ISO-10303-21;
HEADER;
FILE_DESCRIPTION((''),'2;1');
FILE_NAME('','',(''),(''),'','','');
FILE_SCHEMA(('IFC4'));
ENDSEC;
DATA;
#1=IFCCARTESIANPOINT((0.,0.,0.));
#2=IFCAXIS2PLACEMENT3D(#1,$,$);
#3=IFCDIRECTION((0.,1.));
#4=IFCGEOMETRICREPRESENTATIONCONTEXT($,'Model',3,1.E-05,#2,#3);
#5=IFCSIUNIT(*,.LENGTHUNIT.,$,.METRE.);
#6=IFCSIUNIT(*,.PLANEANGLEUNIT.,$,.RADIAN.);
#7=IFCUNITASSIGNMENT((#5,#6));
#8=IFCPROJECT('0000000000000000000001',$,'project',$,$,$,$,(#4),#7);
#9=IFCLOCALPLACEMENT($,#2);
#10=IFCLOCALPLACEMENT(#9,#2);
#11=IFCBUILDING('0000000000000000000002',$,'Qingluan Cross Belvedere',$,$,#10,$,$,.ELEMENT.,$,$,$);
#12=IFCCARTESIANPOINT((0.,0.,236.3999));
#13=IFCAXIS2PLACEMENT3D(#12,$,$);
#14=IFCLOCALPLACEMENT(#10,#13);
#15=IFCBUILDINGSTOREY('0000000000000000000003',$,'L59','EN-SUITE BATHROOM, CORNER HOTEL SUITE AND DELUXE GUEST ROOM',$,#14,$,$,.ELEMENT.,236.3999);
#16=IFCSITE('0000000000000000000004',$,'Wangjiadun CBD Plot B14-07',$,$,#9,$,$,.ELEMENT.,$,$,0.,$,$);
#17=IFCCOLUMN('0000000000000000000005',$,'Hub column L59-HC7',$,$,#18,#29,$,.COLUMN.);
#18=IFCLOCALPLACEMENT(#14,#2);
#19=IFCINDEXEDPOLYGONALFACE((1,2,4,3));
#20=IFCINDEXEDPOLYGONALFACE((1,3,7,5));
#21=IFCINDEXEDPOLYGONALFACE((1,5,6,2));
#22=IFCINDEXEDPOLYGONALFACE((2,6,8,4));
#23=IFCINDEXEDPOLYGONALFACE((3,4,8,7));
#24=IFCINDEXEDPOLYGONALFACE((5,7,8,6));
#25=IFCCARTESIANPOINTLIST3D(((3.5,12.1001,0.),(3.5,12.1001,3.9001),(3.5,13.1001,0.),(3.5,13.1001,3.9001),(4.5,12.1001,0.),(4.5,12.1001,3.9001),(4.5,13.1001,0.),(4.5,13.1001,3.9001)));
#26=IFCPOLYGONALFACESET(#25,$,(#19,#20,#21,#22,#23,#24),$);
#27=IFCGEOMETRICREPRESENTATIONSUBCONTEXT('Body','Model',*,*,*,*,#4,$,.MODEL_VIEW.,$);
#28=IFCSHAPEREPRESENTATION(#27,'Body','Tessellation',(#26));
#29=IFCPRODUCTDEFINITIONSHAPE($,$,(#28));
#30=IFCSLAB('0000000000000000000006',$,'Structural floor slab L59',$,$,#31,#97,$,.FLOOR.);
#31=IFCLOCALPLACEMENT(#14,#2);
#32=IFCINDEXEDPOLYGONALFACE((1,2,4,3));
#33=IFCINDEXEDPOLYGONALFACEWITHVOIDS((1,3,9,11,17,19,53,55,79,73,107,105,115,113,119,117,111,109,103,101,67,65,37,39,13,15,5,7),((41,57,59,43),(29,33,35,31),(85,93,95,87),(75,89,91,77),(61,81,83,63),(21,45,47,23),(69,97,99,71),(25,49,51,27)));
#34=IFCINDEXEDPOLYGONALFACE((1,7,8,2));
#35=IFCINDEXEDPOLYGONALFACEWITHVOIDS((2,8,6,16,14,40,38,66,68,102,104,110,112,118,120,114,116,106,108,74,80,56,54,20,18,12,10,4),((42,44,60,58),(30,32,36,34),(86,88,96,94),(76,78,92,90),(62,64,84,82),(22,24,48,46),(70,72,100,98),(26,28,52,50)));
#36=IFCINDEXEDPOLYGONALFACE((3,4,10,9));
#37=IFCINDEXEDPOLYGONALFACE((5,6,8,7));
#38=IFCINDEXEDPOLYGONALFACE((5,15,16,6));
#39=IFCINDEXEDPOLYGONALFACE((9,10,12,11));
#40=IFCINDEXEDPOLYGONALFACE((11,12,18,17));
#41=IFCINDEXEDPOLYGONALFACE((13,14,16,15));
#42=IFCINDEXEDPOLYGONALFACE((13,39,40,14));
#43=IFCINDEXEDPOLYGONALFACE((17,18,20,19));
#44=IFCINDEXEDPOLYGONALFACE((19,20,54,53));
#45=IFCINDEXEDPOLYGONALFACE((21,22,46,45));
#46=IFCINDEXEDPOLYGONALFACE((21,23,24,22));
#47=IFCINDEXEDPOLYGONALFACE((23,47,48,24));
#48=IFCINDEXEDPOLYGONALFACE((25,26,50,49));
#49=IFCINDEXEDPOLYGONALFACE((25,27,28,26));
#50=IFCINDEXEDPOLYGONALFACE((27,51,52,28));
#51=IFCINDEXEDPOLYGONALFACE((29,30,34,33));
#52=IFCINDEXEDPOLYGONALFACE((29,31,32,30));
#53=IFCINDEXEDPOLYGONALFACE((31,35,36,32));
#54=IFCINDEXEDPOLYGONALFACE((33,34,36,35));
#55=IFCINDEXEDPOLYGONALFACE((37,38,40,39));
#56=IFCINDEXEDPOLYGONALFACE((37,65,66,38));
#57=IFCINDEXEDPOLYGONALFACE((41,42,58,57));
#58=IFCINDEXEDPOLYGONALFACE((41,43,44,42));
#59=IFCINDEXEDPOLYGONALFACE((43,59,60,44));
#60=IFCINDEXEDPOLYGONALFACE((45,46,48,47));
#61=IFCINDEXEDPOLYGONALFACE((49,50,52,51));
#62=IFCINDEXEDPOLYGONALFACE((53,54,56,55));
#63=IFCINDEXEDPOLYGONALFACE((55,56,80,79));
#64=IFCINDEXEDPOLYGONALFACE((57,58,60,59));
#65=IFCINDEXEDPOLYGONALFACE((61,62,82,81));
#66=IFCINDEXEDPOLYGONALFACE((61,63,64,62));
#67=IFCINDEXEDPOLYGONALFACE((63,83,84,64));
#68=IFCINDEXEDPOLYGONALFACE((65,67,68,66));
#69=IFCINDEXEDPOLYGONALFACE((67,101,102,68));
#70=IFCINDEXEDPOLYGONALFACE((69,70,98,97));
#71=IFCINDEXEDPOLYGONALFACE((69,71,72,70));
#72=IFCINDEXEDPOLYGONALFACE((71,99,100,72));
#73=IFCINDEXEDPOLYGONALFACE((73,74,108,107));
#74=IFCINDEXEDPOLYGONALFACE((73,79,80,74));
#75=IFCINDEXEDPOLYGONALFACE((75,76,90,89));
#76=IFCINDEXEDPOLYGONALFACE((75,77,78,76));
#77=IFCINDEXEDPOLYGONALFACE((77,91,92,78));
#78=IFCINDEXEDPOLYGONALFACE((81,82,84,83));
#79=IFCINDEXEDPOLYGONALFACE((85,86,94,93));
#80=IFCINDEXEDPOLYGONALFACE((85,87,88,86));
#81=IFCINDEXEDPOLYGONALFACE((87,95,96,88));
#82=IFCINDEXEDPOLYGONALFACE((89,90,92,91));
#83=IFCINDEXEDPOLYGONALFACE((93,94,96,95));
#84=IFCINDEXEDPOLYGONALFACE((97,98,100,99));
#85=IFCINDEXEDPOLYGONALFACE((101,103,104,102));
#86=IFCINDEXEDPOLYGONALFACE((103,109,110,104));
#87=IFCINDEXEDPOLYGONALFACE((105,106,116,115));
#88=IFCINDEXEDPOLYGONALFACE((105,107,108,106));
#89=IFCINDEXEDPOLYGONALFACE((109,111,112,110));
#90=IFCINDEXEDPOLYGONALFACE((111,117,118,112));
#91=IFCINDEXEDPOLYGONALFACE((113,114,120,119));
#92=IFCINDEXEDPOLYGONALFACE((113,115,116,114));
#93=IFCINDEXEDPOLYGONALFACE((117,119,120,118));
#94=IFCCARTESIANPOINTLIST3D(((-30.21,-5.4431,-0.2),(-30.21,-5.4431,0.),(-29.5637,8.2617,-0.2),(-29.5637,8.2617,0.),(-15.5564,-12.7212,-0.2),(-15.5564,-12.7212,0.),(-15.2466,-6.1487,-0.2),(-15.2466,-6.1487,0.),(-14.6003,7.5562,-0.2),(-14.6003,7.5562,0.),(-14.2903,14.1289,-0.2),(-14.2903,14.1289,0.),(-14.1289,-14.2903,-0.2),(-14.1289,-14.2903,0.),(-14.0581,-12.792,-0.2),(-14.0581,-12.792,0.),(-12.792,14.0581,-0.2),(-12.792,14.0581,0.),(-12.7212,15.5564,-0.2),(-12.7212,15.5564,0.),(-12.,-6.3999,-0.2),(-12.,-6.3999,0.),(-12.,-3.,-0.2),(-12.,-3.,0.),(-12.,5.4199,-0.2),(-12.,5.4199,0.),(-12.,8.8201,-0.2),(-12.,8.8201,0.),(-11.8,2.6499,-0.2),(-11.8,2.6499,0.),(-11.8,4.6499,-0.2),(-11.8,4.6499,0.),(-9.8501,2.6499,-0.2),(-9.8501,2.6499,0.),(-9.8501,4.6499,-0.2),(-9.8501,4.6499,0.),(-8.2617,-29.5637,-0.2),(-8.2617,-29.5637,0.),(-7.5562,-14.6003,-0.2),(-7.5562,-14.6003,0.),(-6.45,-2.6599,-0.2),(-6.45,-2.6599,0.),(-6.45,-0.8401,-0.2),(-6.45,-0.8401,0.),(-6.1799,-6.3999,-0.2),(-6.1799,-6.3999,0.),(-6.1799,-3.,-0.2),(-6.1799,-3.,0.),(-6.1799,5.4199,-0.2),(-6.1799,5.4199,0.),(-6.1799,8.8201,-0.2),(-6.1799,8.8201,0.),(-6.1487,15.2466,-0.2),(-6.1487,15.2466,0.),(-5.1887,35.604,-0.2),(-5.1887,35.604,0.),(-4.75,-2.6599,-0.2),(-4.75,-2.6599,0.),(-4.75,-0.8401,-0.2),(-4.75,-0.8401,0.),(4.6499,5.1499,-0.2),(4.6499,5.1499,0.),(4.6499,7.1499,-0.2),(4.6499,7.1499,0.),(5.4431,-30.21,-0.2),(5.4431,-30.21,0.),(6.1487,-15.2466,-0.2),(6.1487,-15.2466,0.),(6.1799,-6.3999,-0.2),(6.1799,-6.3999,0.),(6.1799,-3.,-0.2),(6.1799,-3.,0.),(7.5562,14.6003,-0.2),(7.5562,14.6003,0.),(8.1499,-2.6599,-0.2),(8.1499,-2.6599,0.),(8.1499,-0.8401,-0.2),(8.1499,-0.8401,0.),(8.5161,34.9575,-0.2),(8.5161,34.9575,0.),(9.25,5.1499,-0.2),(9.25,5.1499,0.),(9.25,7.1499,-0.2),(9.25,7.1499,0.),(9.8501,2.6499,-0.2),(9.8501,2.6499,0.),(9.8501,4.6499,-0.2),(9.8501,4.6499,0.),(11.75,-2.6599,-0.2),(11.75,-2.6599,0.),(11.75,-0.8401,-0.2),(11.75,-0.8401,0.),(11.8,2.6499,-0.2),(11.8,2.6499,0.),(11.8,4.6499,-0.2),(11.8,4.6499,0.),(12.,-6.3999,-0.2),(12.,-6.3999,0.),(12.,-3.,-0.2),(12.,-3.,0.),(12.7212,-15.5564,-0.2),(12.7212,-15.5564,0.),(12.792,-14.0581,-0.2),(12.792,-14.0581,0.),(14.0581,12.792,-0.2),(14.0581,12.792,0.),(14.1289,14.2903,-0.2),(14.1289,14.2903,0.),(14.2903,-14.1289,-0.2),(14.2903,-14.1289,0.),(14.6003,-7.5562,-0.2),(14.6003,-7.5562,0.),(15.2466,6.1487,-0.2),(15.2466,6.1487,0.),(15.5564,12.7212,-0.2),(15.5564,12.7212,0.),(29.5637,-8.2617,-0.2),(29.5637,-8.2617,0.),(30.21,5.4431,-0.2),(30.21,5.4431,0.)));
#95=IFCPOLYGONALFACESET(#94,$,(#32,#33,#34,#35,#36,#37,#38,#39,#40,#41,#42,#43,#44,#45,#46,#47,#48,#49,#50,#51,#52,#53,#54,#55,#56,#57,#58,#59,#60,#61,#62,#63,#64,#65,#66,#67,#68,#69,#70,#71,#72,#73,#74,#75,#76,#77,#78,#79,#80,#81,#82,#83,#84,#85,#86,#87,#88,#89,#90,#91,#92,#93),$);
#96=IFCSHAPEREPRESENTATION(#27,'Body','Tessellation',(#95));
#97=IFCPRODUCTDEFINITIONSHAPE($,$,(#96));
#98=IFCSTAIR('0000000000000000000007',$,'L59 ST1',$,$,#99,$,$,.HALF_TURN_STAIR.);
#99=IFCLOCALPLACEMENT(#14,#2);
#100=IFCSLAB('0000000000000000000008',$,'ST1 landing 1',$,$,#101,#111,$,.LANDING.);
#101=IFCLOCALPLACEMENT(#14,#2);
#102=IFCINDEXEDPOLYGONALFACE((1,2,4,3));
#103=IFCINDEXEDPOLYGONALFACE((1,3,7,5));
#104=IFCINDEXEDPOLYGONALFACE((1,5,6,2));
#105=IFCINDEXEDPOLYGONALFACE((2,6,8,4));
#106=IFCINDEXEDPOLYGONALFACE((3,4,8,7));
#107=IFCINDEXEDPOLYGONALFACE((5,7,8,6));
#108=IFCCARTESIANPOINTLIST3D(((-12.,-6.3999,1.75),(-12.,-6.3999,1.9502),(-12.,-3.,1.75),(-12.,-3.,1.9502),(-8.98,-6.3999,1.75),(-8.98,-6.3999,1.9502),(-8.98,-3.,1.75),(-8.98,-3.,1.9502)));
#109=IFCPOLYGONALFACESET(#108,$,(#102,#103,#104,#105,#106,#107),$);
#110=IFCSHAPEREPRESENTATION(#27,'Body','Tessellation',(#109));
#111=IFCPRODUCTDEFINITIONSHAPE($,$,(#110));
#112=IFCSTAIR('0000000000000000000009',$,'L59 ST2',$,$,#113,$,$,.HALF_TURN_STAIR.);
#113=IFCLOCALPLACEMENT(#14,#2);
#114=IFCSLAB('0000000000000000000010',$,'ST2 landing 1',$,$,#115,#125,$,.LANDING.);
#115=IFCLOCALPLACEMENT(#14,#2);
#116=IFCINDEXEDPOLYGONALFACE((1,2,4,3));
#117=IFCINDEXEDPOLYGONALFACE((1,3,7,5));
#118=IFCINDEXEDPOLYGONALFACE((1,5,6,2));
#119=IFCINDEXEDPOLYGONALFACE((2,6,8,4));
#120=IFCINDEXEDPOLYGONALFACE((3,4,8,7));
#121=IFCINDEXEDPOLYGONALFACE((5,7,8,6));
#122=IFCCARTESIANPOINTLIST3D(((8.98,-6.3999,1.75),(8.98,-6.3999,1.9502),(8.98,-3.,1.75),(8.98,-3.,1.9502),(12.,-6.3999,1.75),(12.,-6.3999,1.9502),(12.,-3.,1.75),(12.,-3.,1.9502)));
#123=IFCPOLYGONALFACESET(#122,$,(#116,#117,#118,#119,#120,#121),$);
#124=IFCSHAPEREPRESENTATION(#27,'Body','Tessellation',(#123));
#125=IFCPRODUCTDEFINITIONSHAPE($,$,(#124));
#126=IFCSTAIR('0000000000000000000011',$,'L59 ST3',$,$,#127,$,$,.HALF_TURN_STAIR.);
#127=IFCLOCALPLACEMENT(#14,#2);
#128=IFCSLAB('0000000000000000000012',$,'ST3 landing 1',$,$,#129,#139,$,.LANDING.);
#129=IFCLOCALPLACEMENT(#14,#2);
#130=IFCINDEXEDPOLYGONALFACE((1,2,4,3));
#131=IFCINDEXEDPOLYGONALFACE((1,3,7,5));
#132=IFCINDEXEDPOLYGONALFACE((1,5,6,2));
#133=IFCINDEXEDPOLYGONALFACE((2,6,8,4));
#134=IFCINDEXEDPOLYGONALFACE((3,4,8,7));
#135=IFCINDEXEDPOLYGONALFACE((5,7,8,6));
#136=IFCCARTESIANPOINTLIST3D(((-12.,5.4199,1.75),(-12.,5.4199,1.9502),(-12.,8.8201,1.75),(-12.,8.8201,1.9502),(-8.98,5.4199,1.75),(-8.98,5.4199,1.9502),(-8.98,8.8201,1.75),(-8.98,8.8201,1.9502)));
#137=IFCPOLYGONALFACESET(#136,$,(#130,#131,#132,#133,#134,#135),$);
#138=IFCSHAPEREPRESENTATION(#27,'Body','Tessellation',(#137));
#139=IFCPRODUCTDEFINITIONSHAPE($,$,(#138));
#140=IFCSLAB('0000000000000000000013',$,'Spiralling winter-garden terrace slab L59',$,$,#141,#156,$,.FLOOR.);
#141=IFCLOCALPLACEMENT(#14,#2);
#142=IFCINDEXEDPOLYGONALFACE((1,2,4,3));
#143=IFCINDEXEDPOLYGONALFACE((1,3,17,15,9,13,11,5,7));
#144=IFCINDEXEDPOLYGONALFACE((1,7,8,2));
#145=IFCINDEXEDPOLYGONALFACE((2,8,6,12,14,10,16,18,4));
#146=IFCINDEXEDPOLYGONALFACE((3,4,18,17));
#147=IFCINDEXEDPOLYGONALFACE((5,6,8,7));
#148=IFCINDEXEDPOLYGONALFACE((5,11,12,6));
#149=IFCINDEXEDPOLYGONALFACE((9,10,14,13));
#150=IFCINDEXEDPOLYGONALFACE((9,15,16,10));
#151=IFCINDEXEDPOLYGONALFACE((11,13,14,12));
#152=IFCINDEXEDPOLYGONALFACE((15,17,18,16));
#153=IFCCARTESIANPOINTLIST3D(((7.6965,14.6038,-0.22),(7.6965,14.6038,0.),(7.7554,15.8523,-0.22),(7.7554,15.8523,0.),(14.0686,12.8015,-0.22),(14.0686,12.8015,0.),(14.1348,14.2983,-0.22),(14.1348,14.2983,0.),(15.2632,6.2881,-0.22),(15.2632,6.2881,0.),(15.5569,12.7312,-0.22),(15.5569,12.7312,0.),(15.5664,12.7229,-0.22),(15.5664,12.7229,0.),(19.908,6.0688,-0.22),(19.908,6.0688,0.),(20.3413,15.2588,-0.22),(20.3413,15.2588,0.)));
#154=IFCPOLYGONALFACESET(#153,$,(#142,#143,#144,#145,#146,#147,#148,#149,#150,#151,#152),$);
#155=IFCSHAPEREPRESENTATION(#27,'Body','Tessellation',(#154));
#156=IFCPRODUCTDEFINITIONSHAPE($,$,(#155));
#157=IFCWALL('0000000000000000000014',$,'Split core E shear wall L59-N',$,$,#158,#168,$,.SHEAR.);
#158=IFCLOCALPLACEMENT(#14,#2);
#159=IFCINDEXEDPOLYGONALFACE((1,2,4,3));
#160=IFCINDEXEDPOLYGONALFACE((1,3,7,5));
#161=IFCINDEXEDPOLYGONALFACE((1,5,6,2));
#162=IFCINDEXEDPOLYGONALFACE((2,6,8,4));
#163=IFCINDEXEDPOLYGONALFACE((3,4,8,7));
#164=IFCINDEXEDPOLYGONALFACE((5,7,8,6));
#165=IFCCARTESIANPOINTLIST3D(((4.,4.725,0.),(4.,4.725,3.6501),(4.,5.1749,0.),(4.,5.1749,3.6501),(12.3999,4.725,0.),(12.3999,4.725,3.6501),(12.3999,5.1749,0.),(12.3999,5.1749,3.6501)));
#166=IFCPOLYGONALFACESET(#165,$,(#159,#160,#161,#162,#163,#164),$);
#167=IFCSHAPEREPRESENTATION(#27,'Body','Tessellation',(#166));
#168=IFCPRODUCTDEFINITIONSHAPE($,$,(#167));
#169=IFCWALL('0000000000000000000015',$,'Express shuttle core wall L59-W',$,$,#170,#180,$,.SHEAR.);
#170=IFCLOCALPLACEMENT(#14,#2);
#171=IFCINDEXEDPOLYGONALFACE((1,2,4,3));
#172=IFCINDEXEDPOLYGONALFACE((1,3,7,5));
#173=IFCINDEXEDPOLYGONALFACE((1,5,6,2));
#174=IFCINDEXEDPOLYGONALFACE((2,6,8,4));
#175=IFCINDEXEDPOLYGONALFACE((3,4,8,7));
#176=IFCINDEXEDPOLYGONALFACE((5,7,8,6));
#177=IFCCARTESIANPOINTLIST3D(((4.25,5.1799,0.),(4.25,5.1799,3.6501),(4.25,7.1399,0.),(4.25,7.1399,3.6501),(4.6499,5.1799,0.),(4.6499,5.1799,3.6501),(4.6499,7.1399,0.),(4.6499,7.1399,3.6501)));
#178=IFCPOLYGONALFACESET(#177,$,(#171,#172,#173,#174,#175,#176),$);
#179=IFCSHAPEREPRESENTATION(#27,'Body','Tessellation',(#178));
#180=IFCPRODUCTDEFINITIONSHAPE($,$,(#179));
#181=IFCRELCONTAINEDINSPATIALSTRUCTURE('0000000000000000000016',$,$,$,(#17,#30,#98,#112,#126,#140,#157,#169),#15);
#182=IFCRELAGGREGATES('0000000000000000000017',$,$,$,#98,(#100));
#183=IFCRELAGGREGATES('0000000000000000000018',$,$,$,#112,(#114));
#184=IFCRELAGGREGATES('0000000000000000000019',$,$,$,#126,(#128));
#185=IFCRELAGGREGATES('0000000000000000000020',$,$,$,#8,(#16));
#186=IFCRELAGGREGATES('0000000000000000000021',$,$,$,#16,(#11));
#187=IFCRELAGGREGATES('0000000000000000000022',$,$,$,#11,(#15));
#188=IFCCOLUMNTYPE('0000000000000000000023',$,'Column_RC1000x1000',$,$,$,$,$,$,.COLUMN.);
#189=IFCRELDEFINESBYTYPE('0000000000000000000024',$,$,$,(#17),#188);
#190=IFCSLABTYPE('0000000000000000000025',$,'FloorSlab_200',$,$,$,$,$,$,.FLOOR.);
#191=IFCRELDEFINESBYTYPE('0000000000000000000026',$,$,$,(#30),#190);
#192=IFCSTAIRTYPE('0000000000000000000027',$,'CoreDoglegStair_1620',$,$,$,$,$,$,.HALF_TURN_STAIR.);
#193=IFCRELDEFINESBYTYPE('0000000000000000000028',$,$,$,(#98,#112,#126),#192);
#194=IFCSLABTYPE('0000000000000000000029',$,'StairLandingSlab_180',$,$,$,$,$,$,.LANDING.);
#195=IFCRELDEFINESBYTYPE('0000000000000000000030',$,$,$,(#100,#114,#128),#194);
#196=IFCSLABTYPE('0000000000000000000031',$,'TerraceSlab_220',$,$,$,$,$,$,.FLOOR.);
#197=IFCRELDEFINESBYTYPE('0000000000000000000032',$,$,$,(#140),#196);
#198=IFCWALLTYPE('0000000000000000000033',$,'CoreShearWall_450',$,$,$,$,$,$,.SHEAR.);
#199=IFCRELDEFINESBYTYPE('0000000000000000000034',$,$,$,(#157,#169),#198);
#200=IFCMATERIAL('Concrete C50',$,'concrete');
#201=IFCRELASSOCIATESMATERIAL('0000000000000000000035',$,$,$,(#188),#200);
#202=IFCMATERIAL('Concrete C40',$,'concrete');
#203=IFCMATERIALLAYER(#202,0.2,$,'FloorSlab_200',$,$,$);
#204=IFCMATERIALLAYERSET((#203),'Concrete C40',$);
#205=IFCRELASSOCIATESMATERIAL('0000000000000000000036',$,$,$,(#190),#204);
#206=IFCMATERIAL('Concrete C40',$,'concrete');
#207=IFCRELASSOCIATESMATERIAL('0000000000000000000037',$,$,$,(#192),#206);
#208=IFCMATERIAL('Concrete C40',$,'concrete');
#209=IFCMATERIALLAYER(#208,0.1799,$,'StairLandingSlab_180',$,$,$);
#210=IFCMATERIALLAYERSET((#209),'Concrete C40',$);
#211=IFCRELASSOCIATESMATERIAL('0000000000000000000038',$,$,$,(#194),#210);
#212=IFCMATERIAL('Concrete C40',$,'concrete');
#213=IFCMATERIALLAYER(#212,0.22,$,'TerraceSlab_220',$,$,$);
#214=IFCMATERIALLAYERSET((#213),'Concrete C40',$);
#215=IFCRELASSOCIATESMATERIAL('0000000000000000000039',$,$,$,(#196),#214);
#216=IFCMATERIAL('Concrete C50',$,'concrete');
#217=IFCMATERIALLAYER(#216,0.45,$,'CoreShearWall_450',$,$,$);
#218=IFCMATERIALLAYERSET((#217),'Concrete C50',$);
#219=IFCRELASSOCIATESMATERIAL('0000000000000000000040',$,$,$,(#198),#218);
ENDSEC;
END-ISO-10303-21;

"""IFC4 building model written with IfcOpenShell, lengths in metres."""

from ifc_helpers import new_model, si_unit, direction, frame, frame_2d, origin, origin_2d, place, context, subcontext, project, spatial, polyline, rectangle, outline, extrude, material, layer, layer_set, material_profile, profile_set, type_object, element, aggregate, save


model = new_model("IFC4")

# Units and contexts
model_context = context("Model", 3, precision=1e-05, world=origin(), true_north=direction((0.0, 1.0)))
body_context = subcontext(model_context, "Body", "Model", "MODEL_VIEW")
ifc_project = project(units=[si_unit("LENGTHUNIT", "METRE"), si_unit("PLANEANGLEUNIT", "RADIAN")], contexts=[model_context])

# Site, building, storey
site_placement = place(None, origin())
site = spatial("IfcSite", under=ifc_project, at=site_placement, Name="Wangjiadun CBD Plot B14-07", CompositionType="ELEMENT", RefElevation=0.0)
building_placement = place(site_placement, origin())
building = spatial("IfcBuilding", under=site, at=building_placement, Name="Qingluan Cross Belvedere", CompositionType="ELEMENT")
storey_placement = place(building_placement, frame((0.0, 0.0, 236.3999)))
storey = spatial("IfcBuildingStorey", under=building, at=storey_placement, Name="L59", Description="EN-SUITE BATHROOM, CORNER HOTEL SUITE AND DELUXE GUEST ROOM", CompositionType="ELEMENT", Elevation=236.3999)

# Column
ifc_material_1 = material(Name="Concrete C50", Category="concrete")
ifc_material_profile = material_profile(ifc_material_1, rectangle(XDim=1.0, YDim=1.0, at=origin_2d()), Name="RC1000x1000")
ifc_profile_set = profile_set([ifc_material_profile], Name="Concrete C50")
column_type = type_object("IfcColumnType", Name="Column_RC1000x1000", PredefinedType="COLUMN", material=ifc_profile_set)
column_placement = place(storey_placement, frame((4.0, 12.6001, 0.0), z_axis=(0.0, 0.0, 1.0), x_axis=(1.0, 0.0, 0.0)))
element("IfcColumn", 1, at=column_placement, inside=storey, type_object=column_type, Name="Hub column L59-HC7", PredefinedType="COLUMN", context=body_context, shape_type="SweptSolid", body=[
    extrude(rectangle(XDim=1.0, YDim=1.0, at=origin_2d()), origin(), (0.0, 0.0, 1.0), 3.9001),
])

# Slab
ifc_material_2 = material(Name="Concrete C40", Category="concrete")
ifc_layer_1 = layer(ifc_material_2, 0.2, Name="FloorSlab_200")
ifc_layer_set_1 = layer_set([ifc_layer_1], Name="Concrete C40")
slab_type_1 = type_object("IfcSlabType", Name="FloorSlab_200", PredefinedType="FLOOR", material=ifc_layer_set_1)
slab_1_placement = place(storey_placement, frame((0.0, 0.0, -0.2)))
element("IfcSlab", 2, at=slab_1_placement, inside=storey, type_object=slab_type_1, Name="Structural floor slab L59", PredefinedType="FLOOR", context=body_context, shape_type="SweptSolid", body=[
    extrude(outline(polyline([(5.4431, -30.21), (6.1487, -15.2466), (12.7212, -15.5564), (12.792, -14.0581), (14.2903, -14.1289), (14.6003, -7.5562), (29.5637, -8.2617), (30.21, 5.4431), (15.2466, 6.1487), (15.5564, 12.7212), (14.0581, 12.792), (14.1289, 14.2903), (7.5562, 14.6003), (8.5161, 34.9575), (-5.1887, 35.604), (-6.1487, 15.2466), (-12.7212, 15.5564), (-12.792, 14.0581), (-14.2903, 14.1289), (-14.6003, 7.5562), (-29.5637, 8.2617), (-30.21, -5.4431), (-15.2466, -6.1487), (-15.5564, -12.7212), (-14.0581, -12.792), (-14.1289, -14.2903), (-7.5562, -14.6003), (-8.2617, -29.5637), (5.4431, -30.21)]), holes=[polyline([(-12.0, -3.0), (-6.1799, -3.0), (-6.1799, -6.3999), (-12.0, -6.3999), (-12.0, -3.0)]), polyline([(6.1799, -3.0), (12.0, -3.0), (12.0, -6.3999), (6.1799, -6.3999), (6.1799, -3.0)]), polyline([(-12.0, 8.8201), (-6.1799, 8.8201), (-6.1799, 5.4199), (-12.0, 5.4199), (-12.0, 8.8201)]), polyline([(-11.8, 4.6499), (-9.8501, 4.6499), (-9.8501, 2.6499), (-11.8, 2.6499), (-11.8, 4.6499)]), polyline([(9.8501, 4.6499), (11.8, 4.6499), (11.8, 2.6499), (9.8501, 2.6499), (9.8501, 4.6499)]), polyline([(-6.45, -0.8401), (-4.75, -0.8401), (-4.75, -2.6599), (-6.45, -2.6599), (-6.45, -0.8401)]), polyline([(8.1499, -0.8401), (11.75, -0.8401), (11.75, -2.6599), (8.1499, -2.6599), (8.1499, -0.8401)]), polyline([(4.6499, 7.1499), (9.25, 7.1499), (9.25, 5.1499), (4.6499, 5.1499), (4.6499, 7.1499)])]), origin(), (0.0, 0.0, 1.0), 0.2),
])

# Stairs, slabs
ifc_material_3 = material(Name="Concrete C40", Category="concrete")
stair_type = type_object("IfcStairType", Name="CoreDoglegStair_1620", PredefinedType="HALF_TURN_STAIR", material=ifc_material_3)
stair_1_placement = place(storey_placement, origin())
stair_1 = element("IfcStair", 3, at=stair_1_placement, inside=storey, type_object=stair_type, Name="L59 ST1", PredefinedType="HALF_TURN_STAIR")
ifc_material_4 = material(Name="Concrete C40", Category="concrete")
ifc_layer_2 = layer(ifc_material_4, 0.1799, Name="StairLandingSlab_180")
ifc_layer_set_2 = layer_set([ifc_layer_2], Name="Concrete C40")
slab_type_2 = type_object("IfcSlabType", Name="StairLandingSlab_180", PredefinedType="LANDING", material=ifc_layer_set_2)
slab_2_placement = place(storey_placement, frame((0.0, 0.0, 1.75)))
slab_2 = element("IfcSlab", 4, at=slab_2_placement, type_object=slab_type_2, Name="ST1 landing 1", PredefinedType="LANDING", context=body_context, shape_type="SweptSolid", body=[
    extrude(outline(polyline([(-8.98, -3.0), (-12.0, -3.0), (-12.0, -6.3999), (-8.98, -6.3999), (-8.98, -3.0)])), origin(), (0.0, 0.0, 1.0), 0.2002),
])
aggregate(stair_1, [slab_2])
stair_2_placement = place(storey_placement, origin())
stair_2 = element("IfcStair", 5, at=stair_2_placement, inside=storey, type_object=stair_type, Name="L59 ST2", PredefinedType="HALF_TURN_STAIR")
slab_3_placement = place(storey_placement, frame((0.0, 0.0, 1.75)))
slab_3 = element("IfcSlab", 6, at=slab_3_placement, type_object=slab_type_2, Name="ST2 landing 1", PredefinedType="LANDING", context=body_context, shape_type="SweptSolid", body=[
    extrude(outline(polyline([(8.98, -6.3999), (12.0, -6.3999), (12.0, -3.0), (8.98, -3.0), (8.98, -6.3999)])), origin(), (0.0, 0.0, 1.0), 0.2002),
])
aggregate(stair_2, [slab_3])
stair_3_placement = place(storey_placement, origin())
stair_3 = element("IfcStair", 7, at=stair_3_placement, inside=storey, type_object=stair_type, Name="L59 ST3", PredefinedType="HALF_TURN_STAIR")
slab_4_placement = place(storey_placement, frame((0.0, 0.0, 1.75)))
slab_4 = element("IfcSlab", 8, at=slab_4_placement, type_object=slab_type_2, Name="ST3 landing 1", PredefinedType="LANDING", context=body_context, shape_type="SweptSolid", body=[
    extrude(outline(polyline([(-8.98, 8.8201), (-12.0, 8.8201), (-12.0, 5.4199), (-8.98, 5.4199), (-8.98, 8.8201)])), origin(), (0.0, 0.0, 1.0), 0.2002),
])
aggregate(stair_3, [slab_4])

# Slab
ifc_material_5 = material(Name="Concrete C40", Category="concrete")
ifc_layer_3 = layer(ifc_material_5, 0.22, Name="TerraceSlab_220")
ifc_layer_set_3 = layer_set([ifc_layer_3], Name="Concrete C40")
slab_type_3 = type_object("IfcSlabType", Name="TerraceSlab_220", PredefinedType="FLOOR", material=ifc_layer_set_3)
slab_5_placement = place(storey_placement, frame((0.0, 0.0, -0.22)))
element("IfcSlab", 9, at=slab_5_placement, inside=storey, type_object=slab_type_3, Name="Spiralling winter-garden terrace slab L59", PredefinedType="FLOOR", context=body_context, shape_type="SweptSolid", body=[
    extrude(outline(polyline([(7.6965, 14.6038), (14.1348, 14.2983), (14.0686, 12.8015), (15.5569, 12.7312), (15.5664, 12.7229), (15.2632, 6.2881), (19.908, 6.0688), (20.3413, 15.2588), (7.7554, 15.8523), (7.6965, 14.6038)])), origin(), (0.0, 0.0, 1.0), 0.22),
])

# Walls
ifc_material_6 = material(Name="Concrete C50", Category="concrete")
ifc_layer_4 = layer(ifc_material_6, 0.45, Name="CoreShearWall_450")
ifc_layer_set_4 = layer_set([ifc_layer_4], Name="Concrete C50")
wall_type_1 = type_object("IfcWallType", Name="CoreShearWall_450", PredefinedType="SHEAR", material=ifc_layer_set_4)
wall_1_placement = place(storey_placement, frame((4.0, 4.95, 0.0), z_axis=(0.0, 0.0, 1.0), x_axis=(1.0, 0.0, 0.0)))
element("IfcWall", 10, at=wall_1_placement, inside=storey, type_object=wall_type_1, Name="Split core E shear wall L59-N", PredefinedType="SHEAR", context=body_context, shape_type="SweptSolid", body=[
    extrude(rectangle(XDim=8.3999, YDim=0.45, at=frame_2d((4.2, 0.0))), origin(), (0.0, 0.0, 1.0), 3.6501),
])
wall_2_placement = place(storey_placement, frame((4.45, 5.1799, 0.0), z_axis=(0.0, 0.0, 1.0), x_axis=(0.0, 1.0, 0.0)))
element("IfcWall", 11, at=wall_2_placement, inside=storey, type_object=wall_type_1, Name="Express shuttle core wall L59-W", PredefinedType="SHEAR", context=body_context, shape_type="SweptSolid", body=[
    extrude(rectangle(XDim=1.96, YDim=0.3999, at=frame_2d((0.98, 0.0))), origin(), (0.0, 0.0, 1.0), 3.6501),
])

save(model, "model.ifc")
